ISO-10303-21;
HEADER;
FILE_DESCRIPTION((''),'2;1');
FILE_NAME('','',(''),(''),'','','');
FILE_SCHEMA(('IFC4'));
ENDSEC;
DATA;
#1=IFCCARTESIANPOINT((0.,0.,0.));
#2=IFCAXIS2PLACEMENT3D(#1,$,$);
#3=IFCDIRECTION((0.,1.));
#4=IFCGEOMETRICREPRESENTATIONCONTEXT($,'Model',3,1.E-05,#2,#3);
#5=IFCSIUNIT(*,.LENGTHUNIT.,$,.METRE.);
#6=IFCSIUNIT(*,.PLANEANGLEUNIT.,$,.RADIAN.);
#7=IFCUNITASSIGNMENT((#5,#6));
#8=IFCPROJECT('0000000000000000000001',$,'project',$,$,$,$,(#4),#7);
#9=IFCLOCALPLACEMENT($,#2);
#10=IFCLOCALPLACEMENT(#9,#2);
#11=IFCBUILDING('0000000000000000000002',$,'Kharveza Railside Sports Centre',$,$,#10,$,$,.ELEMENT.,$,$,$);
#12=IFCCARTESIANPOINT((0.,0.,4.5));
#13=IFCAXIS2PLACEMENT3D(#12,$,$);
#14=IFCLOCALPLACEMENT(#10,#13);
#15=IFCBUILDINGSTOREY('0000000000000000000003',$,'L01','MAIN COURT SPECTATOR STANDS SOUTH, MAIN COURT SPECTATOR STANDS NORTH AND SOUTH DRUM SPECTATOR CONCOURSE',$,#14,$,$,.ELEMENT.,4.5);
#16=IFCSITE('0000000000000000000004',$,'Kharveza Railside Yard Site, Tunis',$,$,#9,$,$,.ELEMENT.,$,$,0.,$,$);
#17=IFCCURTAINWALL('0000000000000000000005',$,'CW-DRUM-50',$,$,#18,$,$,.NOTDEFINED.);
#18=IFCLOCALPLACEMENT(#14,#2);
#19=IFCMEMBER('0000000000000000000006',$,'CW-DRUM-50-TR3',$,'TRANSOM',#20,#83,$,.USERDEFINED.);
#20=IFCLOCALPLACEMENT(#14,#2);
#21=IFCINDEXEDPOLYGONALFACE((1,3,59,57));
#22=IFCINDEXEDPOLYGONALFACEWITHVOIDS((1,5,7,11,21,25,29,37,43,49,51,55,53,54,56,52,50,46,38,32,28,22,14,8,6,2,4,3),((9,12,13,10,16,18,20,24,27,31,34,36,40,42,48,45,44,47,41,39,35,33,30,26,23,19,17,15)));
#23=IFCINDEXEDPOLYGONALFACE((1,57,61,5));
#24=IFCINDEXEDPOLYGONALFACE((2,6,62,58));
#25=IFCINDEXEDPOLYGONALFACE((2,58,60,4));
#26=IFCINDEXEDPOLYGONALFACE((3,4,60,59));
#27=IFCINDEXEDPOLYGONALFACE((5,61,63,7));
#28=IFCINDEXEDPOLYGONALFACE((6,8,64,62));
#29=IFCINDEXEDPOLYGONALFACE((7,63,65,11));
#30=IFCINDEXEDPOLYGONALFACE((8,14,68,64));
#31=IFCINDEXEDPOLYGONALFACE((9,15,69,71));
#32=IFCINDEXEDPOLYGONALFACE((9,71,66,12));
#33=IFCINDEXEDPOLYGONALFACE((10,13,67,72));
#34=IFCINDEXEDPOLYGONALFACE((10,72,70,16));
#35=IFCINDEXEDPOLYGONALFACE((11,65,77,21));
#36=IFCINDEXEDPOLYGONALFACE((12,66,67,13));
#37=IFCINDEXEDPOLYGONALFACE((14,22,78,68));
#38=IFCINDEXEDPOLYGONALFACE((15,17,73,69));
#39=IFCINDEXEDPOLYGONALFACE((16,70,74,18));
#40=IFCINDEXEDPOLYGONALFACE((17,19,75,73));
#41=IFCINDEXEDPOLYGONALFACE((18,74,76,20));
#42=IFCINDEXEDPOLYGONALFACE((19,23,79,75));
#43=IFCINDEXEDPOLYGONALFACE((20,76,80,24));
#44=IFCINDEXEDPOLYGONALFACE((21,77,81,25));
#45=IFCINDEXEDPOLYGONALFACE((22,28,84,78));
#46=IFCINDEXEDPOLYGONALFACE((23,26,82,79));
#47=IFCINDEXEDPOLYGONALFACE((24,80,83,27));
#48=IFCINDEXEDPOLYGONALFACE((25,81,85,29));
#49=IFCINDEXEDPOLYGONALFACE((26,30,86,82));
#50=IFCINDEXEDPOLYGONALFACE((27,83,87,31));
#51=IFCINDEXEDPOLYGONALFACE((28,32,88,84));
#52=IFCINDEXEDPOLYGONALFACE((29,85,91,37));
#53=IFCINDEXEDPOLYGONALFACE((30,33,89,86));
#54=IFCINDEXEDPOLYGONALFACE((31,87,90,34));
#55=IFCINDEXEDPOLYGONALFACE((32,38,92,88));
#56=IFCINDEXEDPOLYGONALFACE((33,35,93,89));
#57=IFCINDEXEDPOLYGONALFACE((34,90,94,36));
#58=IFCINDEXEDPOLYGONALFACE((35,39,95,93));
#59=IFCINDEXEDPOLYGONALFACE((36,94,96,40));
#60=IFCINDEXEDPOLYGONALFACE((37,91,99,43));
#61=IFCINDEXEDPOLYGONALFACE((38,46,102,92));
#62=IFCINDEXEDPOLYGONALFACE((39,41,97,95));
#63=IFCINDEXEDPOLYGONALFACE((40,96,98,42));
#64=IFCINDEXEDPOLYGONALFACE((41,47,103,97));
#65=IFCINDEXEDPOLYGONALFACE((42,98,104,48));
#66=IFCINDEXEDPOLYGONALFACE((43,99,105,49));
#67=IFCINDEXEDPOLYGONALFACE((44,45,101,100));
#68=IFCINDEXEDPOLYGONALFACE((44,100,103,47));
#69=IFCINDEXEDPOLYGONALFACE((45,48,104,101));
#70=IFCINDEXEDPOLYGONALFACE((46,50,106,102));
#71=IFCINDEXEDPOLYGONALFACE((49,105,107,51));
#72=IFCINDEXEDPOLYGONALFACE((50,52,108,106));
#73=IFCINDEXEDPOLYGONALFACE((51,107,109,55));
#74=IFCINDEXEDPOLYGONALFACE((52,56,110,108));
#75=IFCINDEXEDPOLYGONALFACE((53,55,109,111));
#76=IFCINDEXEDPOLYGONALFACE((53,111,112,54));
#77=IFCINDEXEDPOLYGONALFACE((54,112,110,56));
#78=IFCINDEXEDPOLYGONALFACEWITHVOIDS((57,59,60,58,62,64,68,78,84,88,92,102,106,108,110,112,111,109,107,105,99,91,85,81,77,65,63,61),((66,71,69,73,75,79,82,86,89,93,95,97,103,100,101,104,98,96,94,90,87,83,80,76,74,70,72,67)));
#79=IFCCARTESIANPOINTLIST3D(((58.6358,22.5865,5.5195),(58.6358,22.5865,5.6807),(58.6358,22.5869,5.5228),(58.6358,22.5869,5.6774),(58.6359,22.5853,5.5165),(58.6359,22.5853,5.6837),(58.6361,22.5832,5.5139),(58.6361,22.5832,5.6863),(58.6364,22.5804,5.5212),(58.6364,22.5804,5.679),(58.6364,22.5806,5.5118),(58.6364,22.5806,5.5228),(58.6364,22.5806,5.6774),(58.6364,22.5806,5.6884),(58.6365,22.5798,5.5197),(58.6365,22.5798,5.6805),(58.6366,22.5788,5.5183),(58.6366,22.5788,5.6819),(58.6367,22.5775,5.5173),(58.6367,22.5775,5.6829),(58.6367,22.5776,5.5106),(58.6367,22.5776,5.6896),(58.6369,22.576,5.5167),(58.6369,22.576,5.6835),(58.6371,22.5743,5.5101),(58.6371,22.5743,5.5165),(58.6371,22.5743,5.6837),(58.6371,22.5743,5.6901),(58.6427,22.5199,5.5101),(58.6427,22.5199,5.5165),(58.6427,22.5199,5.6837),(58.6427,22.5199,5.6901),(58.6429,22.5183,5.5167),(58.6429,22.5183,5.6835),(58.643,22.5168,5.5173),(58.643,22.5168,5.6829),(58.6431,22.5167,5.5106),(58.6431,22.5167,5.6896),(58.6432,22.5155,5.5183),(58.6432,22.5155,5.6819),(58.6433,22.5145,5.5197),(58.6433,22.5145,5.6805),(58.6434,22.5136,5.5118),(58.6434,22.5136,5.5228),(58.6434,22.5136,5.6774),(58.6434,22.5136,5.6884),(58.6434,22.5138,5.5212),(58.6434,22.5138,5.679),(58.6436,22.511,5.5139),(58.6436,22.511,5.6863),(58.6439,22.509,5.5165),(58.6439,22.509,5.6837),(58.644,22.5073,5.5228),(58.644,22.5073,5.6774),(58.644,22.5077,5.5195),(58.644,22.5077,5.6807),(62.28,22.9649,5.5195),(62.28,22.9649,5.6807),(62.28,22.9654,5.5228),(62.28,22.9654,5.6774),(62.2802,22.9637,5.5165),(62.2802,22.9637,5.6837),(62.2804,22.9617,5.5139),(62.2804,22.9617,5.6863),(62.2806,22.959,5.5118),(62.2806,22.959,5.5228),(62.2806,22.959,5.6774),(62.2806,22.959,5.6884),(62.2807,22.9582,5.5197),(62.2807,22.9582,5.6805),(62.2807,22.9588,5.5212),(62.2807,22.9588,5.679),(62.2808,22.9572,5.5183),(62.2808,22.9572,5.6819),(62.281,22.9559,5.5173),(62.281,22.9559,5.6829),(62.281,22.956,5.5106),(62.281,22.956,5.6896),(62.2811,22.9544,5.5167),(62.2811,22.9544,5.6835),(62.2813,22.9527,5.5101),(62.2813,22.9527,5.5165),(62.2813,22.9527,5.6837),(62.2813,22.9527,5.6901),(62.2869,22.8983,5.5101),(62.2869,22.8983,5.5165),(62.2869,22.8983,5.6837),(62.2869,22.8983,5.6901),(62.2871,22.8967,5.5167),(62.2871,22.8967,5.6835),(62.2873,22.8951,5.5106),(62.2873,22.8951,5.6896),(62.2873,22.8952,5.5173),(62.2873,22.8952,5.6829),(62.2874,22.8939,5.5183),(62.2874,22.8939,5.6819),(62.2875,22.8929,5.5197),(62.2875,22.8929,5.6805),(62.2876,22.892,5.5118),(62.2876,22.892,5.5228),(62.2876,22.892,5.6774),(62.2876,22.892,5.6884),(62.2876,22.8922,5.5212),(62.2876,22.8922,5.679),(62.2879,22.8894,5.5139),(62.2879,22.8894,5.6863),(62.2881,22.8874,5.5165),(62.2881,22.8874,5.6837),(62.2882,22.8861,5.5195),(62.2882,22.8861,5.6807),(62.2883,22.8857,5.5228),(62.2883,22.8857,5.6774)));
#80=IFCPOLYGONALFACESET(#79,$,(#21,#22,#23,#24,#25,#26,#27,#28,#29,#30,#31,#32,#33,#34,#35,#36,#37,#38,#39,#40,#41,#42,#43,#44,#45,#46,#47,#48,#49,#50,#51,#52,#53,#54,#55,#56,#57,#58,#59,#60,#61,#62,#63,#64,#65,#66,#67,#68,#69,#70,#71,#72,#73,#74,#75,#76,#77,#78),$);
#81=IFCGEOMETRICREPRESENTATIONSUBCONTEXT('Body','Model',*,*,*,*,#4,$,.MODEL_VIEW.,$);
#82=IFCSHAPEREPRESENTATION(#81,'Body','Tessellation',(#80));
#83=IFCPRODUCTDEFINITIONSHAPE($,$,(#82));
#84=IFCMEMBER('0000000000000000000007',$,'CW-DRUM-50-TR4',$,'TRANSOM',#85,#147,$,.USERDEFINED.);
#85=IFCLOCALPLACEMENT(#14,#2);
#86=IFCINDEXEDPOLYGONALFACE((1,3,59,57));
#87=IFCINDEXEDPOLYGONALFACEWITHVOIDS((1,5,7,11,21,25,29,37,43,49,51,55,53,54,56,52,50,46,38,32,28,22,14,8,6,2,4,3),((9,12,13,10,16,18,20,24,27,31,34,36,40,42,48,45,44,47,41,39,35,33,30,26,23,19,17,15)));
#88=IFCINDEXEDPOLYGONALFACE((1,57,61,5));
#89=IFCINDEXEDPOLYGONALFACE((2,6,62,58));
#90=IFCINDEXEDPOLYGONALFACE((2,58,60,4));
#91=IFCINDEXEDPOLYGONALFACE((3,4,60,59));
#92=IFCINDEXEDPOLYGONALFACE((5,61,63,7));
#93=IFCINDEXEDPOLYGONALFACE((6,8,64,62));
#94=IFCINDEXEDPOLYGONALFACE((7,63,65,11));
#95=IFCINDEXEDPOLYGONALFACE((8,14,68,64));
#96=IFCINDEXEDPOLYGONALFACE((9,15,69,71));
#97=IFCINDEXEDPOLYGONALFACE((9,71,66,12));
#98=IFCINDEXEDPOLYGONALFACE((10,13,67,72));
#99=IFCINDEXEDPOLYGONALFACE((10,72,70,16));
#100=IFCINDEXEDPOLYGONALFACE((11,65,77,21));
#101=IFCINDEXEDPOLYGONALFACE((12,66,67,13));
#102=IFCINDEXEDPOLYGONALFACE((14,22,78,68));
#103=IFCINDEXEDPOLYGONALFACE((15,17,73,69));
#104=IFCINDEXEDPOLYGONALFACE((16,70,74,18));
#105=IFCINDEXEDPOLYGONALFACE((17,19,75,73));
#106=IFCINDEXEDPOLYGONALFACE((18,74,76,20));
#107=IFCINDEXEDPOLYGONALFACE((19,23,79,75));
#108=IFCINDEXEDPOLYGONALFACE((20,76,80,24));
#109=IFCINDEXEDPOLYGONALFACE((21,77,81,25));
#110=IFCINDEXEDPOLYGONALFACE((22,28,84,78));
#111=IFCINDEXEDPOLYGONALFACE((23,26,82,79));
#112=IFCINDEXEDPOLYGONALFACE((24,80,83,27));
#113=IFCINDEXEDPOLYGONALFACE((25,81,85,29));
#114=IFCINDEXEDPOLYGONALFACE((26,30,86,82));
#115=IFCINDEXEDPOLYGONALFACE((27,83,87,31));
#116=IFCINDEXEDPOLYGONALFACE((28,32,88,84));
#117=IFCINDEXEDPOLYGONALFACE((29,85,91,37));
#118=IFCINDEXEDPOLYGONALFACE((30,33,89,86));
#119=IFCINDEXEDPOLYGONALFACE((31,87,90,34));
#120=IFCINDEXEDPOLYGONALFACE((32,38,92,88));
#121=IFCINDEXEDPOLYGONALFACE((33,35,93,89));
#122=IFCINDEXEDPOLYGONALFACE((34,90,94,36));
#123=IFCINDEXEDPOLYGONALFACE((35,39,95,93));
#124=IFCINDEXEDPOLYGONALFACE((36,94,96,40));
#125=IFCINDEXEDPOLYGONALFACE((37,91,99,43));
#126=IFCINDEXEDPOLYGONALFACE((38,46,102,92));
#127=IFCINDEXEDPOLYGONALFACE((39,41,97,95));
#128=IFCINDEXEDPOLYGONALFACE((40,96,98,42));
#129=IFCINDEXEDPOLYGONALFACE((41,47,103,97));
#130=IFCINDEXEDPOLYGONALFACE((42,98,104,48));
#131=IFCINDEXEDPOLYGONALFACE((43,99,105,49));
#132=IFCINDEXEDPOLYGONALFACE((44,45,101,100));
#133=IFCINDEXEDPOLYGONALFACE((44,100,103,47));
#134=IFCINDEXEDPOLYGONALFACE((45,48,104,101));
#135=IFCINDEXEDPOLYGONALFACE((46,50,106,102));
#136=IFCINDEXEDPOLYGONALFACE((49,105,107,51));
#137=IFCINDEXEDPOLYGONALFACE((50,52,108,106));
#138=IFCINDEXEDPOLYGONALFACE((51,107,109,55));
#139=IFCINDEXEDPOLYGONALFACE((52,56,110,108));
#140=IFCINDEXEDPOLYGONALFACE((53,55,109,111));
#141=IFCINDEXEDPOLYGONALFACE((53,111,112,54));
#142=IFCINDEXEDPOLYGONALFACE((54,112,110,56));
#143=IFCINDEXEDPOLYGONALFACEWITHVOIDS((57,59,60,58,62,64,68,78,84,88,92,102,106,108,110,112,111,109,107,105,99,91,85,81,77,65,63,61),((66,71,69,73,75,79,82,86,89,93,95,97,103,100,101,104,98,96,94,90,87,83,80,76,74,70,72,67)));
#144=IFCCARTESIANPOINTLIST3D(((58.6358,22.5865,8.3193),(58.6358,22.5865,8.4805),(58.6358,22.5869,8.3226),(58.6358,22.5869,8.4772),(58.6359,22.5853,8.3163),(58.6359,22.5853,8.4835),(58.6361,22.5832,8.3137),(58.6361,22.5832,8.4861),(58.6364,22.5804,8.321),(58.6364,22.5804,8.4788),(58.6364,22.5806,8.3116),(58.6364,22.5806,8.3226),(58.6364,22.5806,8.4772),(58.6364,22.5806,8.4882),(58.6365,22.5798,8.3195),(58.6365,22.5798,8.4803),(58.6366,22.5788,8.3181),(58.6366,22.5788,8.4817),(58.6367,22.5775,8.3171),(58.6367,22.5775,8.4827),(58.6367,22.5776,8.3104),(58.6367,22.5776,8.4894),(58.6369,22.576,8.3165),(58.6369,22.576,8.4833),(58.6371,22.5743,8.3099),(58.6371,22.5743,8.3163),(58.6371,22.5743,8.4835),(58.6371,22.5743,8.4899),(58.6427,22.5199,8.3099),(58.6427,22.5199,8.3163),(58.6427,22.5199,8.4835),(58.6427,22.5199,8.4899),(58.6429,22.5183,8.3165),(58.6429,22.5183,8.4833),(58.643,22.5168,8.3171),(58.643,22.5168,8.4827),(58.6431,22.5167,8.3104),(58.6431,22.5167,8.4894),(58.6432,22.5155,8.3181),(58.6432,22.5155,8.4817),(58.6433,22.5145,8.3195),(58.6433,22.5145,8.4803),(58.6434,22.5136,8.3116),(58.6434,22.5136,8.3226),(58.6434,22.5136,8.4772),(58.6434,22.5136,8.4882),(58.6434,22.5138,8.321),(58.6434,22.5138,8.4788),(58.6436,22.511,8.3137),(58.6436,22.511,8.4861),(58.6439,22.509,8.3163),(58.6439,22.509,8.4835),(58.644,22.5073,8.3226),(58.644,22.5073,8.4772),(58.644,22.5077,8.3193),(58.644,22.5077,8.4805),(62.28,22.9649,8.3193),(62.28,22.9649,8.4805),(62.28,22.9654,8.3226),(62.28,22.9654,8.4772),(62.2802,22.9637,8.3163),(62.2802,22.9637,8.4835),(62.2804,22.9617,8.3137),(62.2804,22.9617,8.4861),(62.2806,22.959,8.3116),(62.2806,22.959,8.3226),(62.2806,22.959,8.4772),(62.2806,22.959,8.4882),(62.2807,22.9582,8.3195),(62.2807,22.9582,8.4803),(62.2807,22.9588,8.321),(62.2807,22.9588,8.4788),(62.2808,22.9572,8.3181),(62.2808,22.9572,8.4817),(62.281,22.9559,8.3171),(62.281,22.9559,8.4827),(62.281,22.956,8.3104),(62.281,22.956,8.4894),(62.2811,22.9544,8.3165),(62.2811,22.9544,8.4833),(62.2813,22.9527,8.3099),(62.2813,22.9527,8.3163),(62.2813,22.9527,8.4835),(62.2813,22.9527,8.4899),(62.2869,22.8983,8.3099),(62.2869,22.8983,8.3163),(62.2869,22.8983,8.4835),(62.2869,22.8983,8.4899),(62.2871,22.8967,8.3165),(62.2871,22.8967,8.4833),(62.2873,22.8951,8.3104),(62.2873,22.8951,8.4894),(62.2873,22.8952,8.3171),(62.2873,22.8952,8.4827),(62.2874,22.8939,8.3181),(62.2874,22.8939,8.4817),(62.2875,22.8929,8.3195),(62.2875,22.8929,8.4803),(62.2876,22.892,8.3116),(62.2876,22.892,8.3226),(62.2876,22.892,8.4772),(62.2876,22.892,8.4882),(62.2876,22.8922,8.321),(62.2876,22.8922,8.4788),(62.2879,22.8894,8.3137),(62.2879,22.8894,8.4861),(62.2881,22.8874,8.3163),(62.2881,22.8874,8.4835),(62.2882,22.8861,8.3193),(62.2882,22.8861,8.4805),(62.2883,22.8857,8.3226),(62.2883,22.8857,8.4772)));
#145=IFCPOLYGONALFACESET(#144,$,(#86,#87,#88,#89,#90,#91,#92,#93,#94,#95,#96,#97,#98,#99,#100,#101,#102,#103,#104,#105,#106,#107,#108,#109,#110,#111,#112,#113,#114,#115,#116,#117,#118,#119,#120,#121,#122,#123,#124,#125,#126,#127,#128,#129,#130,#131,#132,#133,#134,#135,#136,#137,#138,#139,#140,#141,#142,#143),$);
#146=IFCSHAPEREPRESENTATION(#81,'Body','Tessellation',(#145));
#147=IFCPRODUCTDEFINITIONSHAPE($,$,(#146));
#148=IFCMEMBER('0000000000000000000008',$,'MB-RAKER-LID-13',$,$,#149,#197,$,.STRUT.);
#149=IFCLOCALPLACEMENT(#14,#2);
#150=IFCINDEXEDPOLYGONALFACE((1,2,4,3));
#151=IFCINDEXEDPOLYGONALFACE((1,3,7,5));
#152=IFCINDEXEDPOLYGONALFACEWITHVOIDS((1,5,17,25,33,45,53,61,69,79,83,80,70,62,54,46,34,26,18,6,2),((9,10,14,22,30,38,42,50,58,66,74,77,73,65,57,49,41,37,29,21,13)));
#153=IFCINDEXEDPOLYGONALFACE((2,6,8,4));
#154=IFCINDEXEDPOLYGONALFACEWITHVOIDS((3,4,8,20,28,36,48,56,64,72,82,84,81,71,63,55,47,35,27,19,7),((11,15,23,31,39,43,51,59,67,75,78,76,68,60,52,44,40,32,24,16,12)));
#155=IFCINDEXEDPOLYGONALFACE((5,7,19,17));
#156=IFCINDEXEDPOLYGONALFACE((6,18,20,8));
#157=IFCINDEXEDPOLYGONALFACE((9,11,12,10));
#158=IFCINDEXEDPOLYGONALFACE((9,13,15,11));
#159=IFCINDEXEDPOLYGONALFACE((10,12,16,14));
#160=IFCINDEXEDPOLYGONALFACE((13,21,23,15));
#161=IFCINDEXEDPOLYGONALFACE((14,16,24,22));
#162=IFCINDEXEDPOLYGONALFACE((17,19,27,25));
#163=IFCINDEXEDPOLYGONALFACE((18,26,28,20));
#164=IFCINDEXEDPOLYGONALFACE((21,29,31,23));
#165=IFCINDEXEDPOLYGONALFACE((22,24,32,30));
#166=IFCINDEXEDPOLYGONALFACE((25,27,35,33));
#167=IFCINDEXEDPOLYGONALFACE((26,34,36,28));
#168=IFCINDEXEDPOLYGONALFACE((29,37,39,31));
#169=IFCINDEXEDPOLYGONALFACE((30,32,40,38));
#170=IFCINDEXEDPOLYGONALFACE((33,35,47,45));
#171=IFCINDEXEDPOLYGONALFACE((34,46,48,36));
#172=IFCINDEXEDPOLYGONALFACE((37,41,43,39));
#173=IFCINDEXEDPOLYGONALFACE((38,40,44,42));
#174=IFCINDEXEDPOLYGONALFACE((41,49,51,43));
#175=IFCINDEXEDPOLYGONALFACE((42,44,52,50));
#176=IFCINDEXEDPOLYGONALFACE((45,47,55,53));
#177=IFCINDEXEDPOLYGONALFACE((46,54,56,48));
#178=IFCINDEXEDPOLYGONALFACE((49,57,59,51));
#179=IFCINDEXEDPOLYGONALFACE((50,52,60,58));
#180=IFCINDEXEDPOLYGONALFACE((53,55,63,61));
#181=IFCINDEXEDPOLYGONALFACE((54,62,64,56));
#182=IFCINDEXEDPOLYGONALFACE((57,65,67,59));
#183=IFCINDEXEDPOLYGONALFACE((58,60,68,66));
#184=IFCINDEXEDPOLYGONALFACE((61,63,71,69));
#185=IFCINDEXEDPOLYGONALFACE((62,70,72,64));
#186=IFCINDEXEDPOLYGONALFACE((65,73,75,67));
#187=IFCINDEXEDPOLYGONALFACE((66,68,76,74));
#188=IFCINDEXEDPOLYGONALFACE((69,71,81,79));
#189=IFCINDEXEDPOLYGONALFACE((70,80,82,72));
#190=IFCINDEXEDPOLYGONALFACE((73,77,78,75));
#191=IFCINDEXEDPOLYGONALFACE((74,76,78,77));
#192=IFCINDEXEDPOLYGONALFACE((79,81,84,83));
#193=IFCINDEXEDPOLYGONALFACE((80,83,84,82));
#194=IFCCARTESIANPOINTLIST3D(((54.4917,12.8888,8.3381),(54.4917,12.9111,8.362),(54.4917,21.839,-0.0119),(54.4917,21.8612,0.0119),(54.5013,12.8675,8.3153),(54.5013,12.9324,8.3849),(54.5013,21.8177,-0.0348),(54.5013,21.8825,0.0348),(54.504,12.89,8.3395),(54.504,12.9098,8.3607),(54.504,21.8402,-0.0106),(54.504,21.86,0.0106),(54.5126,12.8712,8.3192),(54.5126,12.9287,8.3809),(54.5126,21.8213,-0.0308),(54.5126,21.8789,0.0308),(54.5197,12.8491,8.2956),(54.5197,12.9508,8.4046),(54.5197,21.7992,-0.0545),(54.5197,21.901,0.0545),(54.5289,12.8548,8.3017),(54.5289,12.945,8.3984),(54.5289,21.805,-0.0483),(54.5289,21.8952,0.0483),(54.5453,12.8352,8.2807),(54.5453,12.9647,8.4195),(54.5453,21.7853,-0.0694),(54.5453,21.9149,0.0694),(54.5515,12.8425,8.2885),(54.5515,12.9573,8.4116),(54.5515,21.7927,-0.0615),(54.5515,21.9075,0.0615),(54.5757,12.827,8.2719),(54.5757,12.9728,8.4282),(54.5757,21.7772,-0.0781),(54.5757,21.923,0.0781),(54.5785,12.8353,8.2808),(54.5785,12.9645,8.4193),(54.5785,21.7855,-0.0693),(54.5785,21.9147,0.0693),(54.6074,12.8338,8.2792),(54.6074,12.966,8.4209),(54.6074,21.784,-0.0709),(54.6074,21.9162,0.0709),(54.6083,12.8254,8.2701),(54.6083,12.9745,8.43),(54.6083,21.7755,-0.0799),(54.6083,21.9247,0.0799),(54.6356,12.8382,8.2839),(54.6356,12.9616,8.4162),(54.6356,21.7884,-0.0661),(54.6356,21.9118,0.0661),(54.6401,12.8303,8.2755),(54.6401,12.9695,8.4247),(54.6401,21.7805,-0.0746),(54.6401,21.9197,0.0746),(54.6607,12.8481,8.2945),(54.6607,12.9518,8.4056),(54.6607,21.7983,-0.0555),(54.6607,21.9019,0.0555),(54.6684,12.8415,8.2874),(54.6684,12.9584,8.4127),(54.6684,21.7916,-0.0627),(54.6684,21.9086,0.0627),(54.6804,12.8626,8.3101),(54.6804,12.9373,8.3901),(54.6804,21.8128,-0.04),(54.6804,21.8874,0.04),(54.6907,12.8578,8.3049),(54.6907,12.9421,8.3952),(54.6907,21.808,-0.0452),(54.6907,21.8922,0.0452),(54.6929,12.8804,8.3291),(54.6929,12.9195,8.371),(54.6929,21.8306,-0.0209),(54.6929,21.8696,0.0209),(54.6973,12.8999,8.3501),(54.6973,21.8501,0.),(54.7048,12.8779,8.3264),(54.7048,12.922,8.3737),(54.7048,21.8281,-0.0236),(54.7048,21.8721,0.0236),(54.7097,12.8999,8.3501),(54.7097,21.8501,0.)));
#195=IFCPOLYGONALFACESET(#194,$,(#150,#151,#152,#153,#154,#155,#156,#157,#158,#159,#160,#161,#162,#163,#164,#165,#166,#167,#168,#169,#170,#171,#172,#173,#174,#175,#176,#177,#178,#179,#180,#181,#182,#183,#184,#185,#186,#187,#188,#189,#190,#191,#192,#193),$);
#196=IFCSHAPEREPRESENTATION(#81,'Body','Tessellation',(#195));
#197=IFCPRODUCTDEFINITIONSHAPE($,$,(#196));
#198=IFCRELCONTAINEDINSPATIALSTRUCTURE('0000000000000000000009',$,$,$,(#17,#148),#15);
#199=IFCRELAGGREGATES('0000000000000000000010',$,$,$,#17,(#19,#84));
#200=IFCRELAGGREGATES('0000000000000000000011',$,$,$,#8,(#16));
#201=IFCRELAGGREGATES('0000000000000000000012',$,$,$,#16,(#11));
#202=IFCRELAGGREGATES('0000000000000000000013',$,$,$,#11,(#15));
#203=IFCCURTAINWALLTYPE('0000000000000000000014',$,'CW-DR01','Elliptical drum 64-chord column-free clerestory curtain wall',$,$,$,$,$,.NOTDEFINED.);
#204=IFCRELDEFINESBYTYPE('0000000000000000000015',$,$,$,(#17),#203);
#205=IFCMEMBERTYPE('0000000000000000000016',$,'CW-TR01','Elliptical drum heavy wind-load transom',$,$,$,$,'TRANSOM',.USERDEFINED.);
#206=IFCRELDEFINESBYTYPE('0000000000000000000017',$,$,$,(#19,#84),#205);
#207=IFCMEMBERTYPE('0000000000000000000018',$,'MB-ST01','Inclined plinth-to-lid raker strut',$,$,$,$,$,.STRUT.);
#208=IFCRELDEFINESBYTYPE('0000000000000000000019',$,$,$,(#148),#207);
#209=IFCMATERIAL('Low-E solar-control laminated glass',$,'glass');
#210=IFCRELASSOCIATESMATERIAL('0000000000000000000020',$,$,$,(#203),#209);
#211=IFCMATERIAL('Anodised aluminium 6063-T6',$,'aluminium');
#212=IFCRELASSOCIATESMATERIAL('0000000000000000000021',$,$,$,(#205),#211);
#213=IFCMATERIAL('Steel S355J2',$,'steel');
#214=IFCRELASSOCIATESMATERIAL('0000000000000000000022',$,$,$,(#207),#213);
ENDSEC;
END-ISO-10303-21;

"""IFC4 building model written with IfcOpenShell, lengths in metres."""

from ifc_helpers import new_model, si_unit, direction, frame, origin, origin_2d, place, context, subcontext, project, spatial, hollow_rectangle, hollow_circle, extrude, material, material_profile, profile_set, type_object, element, aggregate, save


model = new_model("IFC4")

# Units and contexts
model_context = context("Model", 3, precision=1e-05, world=origin(), true_north=direction((0.0, 1.0)))
body_context = subcontext(model_context, "Body", "Model", "MODEL_VIEW")
ifc_project = project(units=[si_unit("LENGTHUNIT", "METRE"), si_unit("PLANEANGLEUNIT", "RADIAN")], contexts=[model_context])

# Site, building, storey
site_placement = place(None, origin())
site = spatial("IfcSite", under=ifc_project, at=site_placement, Name="Kharveza Railside Yard Site, Tunis", CompositionType="ELEMENT", RefElevation=0.0)
building_placement = place(site_placement, origin())
building = spatial("IfcBuilding", under=site, at=building_placement, Name="Kharveza Railside Sports Centre", CompositionType="ELEMENT")
storey_placement = place(building_placement, frame((0.0, 0.0, 4.5)))
storey = spatial("IfcBuildingStorey", under=building, at=storey_placement, Name="L01", Description="MAIN COURT SPECTATOR STANDS SOUTH, MAIN COURT SPECTATOR STANDS NORTH AND SOUTH DRUM SPECTATOR CONCOURSE", CompositionType="ELEMENT", Elevation=4.5)

# Shared definitions
ifc_material_1 = material(Name="Low-E solar-control laminated glass", Category="glass")
curtain_wall_type = type_object("IfcCurtainWallType", Name="CW-DR01", Description="Elliptical drum 64-chord column-free clerestory curtain wall", PredefinedType="NOTDEFINED", material=ifc_material_1)
ifc_material_2 = material(Name="Anodised aluminium 6063-T6", Category="aluminium")

# Curtain wall
curtain_wall_1_placement = place(storey_placement, origin())
curtain_wall_1 = element("IfcCurtainWall", 1, at=curtain_wall_1_placement, inside=storey, type_object=curtain_wall_type, Name="CW-DRUM-50", PredefinedType="NOTDEFINED")

# Members
ifc_material_profile_1 = material_profile(ifc_material_2, hollow_rectangle(XDim=0.0801, YDim=0.1799, WallThickness=0.0063, InnerFilletRadius=0.0063, OuterFilletRadius=0.0127, at=origin_2d()), Name="RHS 80x180x6.3")
ifc_profile_set_1 = profile_set([ifc_material_profile_1], Name="Anodised aluminium 6063-T6")
member_type_1 = type_object("IfcMemberType", Name="CW-TR01", Description="Elliptical drum heavy wind-load transom", ElementType="TRANSOM", PredefinedType="USERDEFINED", material=ifc_profile_set_1)
member_1_placement = place(storey_placement, frame((58.6399, 22.5471, 5.6001), z_axis=(0.994652, 0.103283, 0.0), x_axis=(-0.103283, 0.994652, 0.0)))
member_1 = element("IfcMember", 2, at=member_1_placement, type_object=member_type_1, Name="CW-DRUM-50-TR3", ObjectType="TRANSOM", PredefinedType="USERDEFINED", context=body_context, shape_type="SweptSolid", body=[
    extrude(hollow_rectangle(XDim=0.0801, YDim=0.1799, WallThickness=0.0063, InnerFilletRadius=0.0063, OuterFilletRadius=0.0127, at=origin_2d()), origin(), (0.0, 0.0, 1.0), 3.6638),
])
member_2_placement = place(storey_placement, frame((58.6399, 22.5471, 8.3999), z_axis=(0.994652, 0.103283, 0.0), x_axis=(-0.103283, 0.994652, 0.0)))
member_2 = element("IfcMember", 3, at=member_2_placement, type_object=member_type_1, Name="CW-DRUM-50-TR4", ObjectType="TRANSOM", PredefinedType="USERDEFINED", context=body_context, shape_type="SweptSolid", body=[
    extrude(hollow_rectangle(XDim=0.0801, YDim=0.1799, WallThickness=0.0063, InnerFilletRadius=0.0063, OuterFilletRadius=0.0127, at=origin_2d()), origin(), (0.0, 0.0, 1.0), 3.6638),
])
ifc_material_3 = material(Name="Steel S355J2", Category="steel")
ifc_material_profile_2 = material_profile(ifc_material_3, hollow_circle(Radius=0.1096, WallThickness=0.0125, at=origin_2d()), Name="CHS 219.1x12.5")
ifc_profile_set_2 = profile_set([ifc_material_profile_2], Name="Steel S355J2")
member_type_2 = type_object("IfcMemberType", Name="MB-ST01", Description="Inclined plinth-to-lid raker strut", PredefinedType="STRUT", material=ifc_profile_set_2)
member_3_placement = place(storey_placement, frame((54.6001, 21.8501, 0.0), z_axis=(0.0, -0.731195, 0.682169), x_axis=(1.0, 0.0, 0.0)))
element("IfcMember", 4, at=member_3_placement, inside=storey, type_object=member_type_2, Name="MB-RAKER-LID-13", PredefinedType="STRUT", context=body_context, shape_type="SweptSolid", body=[
    extrude(hollow_circle(Radius=0.1096, WallThickness=0.0125, at=origin_2d()), origin(), (0.0, 0.0, 1.0), 12.2405),
])

aggregate(curtain_wall_1, [member_1, member_2])

save(model, "model.ifc")
